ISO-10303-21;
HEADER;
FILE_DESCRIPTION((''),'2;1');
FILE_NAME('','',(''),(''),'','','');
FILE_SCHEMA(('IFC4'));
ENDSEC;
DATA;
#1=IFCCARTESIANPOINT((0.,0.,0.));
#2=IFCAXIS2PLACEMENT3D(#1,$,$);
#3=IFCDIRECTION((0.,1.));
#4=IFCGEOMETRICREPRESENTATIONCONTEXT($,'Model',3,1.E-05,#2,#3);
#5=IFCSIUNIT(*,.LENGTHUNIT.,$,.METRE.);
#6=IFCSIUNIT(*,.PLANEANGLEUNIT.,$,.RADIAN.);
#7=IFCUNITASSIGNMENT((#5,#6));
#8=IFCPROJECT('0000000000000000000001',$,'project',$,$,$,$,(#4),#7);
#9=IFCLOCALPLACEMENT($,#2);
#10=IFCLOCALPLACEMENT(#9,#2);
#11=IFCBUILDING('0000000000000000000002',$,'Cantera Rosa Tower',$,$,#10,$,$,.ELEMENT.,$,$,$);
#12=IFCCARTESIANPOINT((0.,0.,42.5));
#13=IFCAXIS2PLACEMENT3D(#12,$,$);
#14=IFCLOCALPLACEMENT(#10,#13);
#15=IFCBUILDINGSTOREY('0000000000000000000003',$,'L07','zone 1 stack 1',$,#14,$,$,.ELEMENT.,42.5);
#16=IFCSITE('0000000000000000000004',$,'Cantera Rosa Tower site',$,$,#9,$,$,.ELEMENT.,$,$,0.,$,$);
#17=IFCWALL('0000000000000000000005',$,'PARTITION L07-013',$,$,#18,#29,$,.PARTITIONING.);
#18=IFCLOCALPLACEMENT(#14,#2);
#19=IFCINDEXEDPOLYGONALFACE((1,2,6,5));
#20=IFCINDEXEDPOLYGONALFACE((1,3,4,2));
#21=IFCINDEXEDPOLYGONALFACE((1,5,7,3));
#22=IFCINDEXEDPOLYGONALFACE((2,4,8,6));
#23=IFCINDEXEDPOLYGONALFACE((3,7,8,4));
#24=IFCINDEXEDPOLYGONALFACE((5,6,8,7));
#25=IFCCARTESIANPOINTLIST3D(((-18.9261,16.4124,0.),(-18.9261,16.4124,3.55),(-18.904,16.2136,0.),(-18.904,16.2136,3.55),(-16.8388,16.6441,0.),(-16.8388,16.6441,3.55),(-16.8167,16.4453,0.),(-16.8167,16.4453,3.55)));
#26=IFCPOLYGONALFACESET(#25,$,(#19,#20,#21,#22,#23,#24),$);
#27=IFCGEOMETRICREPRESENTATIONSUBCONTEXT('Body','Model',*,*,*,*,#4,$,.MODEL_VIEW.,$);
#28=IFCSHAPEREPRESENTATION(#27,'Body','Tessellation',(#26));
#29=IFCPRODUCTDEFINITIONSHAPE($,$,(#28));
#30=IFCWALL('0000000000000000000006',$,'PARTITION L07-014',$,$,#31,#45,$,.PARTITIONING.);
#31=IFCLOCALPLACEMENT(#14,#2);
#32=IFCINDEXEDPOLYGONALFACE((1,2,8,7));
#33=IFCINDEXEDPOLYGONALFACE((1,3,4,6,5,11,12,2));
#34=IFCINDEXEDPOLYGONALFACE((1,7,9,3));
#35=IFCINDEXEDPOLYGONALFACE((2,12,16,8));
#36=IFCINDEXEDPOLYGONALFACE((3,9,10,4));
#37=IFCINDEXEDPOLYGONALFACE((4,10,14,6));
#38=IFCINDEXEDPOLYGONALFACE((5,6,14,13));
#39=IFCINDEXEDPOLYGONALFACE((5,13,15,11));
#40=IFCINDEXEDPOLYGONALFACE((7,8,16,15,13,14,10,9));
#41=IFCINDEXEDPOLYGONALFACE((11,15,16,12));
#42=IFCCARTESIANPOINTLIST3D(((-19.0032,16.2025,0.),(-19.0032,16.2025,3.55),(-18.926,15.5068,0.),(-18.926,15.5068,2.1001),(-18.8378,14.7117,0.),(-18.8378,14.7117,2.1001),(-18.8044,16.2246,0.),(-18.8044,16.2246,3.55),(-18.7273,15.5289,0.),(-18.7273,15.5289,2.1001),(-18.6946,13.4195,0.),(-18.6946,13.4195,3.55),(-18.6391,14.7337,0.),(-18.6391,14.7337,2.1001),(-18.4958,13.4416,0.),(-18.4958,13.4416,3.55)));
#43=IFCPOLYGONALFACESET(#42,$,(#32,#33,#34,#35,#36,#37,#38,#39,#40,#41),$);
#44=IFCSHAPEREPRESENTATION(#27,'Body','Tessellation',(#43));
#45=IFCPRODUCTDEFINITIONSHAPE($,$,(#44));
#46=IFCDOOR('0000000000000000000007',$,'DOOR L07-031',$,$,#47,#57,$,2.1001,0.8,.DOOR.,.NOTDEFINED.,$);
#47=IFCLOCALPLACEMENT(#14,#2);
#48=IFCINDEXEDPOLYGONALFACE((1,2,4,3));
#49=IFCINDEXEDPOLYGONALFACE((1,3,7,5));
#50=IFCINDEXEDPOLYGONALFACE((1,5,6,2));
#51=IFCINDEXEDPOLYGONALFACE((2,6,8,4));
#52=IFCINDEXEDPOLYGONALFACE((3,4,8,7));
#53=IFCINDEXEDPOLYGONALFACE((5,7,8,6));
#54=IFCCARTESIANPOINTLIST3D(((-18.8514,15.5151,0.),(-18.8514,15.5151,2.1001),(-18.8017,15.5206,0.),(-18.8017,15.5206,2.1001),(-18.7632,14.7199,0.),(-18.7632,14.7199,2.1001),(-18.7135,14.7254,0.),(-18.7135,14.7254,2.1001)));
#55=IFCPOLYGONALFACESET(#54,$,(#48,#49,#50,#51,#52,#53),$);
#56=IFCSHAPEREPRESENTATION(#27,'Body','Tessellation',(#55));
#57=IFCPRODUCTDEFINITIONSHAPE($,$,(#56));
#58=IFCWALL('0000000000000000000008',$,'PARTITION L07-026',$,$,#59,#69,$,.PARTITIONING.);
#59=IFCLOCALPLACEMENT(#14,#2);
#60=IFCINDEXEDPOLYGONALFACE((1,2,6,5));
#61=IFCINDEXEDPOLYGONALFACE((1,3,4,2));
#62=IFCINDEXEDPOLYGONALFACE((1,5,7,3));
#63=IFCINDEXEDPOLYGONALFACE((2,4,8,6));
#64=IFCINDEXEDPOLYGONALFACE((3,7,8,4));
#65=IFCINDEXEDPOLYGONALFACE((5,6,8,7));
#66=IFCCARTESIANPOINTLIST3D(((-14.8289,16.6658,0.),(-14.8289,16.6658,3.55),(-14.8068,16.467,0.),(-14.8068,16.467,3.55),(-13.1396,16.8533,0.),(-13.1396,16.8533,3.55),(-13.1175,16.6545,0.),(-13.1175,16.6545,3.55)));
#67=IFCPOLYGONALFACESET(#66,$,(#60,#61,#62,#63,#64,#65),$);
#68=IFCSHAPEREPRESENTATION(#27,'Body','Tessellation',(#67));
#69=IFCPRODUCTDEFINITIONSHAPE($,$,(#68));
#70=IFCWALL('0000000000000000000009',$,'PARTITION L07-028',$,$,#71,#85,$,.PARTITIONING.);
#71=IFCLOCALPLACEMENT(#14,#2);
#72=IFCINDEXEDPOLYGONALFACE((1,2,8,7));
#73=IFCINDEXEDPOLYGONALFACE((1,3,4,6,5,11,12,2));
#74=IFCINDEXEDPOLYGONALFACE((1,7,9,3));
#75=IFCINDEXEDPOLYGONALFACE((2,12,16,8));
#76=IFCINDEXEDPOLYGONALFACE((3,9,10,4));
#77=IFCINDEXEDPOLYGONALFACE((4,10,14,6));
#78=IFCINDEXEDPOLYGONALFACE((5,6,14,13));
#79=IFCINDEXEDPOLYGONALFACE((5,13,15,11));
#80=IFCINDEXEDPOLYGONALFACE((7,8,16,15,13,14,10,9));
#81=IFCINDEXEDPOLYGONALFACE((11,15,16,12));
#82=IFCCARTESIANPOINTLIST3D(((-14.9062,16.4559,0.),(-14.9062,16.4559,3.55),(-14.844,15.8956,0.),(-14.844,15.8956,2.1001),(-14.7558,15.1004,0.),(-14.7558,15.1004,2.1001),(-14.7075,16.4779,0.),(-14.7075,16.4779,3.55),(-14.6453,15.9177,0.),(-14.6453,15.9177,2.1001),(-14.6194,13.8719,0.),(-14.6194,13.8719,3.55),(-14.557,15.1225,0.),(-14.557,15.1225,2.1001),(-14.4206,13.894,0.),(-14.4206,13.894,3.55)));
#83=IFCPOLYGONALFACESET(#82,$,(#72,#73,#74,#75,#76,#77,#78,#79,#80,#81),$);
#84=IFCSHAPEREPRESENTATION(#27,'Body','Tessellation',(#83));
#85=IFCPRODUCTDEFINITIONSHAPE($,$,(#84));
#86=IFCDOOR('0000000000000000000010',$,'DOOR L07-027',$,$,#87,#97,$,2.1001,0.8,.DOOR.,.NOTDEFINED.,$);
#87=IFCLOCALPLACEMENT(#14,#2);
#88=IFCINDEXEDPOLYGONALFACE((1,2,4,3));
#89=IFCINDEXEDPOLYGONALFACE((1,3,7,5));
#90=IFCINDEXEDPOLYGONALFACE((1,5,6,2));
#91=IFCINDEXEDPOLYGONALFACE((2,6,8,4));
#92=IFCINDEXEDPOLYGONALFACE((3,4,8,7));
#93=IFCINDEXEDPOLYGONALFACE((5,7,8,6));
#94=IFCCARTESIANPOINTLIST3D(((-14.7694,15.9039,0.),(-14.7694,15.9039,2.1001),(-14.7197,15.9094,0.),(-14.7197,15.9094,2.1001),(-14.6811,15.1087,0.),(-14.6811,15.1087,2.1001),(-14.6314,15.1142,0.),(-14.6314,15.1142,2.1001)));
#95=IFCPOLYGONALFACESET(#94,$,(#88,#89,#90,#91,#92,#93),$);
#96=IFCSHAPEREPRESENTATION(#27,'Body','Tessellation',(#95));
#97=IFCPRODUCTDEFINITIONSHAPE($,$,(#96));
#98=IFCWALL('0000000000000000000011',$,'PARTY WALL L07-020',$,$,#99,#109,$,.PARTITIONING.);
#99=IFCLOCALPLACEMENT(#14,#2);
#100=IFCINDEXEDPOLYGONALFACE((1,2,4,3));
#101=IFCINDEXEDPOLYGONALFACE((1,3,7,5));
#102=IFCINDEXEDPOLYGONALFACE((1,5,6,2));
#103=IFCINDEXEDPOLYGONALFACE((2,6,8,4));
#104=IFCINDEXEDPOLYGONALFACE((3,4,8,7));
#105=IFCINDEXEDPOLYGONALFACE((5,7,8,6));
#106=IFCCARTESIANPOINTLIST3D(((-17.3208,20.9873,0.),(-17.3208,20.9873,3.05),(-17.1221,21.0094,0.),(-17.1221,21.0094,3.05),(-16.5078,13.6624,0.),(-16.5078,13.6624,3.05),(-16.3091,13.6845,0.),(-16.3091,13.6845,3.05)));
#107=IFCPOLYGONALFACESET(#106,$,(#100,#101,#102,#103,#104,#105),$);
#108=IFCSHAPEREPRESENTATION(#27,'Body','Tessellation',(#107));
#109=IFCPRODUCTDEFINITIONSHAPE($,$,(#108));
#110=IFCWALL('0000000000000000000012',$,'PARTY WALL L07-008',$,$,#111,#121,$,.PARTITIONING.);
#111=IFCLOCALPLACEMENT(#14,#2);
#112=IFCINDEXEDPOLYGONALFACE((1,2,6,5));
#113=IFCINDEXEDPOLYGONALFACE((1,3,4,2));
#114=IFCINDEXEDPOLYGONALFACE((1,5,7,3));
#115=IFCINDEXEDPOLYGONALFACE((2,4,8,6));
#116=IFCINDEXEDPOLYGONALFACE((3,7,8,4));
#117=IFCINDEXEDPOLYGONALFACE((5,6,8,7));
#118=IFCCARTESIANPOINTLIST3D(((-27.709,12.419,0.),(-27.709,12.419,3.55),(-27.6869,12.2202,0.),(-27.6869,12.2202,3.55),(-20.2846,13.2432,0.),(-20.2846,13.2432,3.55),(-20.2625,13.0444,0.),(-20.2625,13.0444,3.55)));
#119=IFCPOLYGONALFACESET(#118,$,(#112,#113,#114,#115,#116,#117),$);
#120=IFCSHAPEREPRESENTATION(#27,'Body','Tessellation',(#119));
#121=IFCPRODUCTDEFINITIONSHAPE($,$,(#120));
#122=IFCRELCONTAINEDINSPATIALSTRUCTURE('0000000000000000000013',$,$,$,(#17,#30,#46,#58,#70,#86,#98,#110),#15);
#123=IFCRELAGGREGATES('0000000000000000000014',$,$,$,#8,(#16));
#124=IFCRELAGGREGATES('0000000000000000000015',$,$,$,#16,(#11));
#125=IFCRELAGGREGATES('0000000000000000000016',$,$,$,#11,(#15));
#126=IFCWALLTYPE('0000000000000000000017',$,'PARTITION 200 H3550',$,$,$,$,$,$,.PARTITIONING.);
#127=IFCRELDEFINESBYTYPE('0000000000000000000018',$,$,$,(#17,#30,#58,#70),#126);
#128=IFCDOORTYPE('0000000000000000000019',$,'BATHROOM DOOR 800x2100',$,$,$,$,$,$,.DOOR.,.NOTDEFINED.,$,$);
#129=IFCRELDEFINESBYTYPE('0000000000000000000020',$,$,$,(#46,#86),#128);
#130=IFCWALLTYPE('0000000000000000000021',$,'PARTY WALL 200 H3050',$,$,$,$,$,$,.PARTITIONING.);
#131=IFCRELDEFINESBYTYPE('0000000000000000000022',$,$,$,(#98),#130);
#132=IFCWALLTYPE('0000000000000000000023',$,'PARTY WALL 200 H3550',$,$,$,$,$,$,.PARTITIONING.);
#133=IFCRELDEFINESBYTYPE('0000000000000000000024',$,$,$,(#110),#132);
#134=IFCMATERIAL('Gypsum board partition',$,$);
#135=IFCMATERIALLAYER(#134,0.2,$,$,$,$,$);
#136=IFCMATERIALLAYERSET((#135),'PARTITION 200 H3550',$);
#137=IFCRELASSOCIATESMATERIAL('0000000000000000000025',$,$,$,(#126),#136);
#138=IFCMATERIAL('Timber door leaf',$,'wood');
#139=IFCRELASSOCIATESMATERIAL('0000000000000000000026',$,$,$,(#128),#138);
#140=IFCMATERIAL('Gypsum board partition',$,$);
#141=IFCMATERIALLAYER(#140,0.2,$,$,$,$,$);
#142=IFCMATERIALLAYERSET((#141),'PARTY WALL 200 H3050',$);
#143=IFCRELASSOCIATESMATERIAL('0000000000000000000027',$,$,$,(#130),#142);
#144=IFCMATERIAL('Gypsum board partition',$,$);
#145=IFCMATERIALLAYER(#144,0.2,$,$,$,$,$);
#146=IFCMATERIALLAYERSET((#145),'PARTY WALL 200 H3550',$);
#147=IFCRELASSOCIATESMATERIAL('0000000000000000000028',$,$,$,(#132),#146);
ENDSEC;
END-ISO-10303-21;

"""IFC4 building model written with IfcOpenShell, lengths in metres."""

from ifc_helpers import new_model, si_unit, direction, frame, frame_2d, origin, place, context, subcontext, project, spatial, rectangle, extrude, material, layer, layer_set, type_object, element, fill, save


model = new_model("IFC4")

# Units and contexts
model_context = context("Model", 3, precision=1e-05, world=origin(), true_north=direction((0.0, 1.0)))
body_context = subcontext(model_context, "Body", "Model", "MODEL_VIEW")
ifc_project = project(units=[si_unit("LENGTHUNIT", "METRE"), si_unit("PLANEANGLEUNIT", "RADIAN")], contexts=[model_context])

# Site, building, storey
site_placement = place(None, origin())
site = spatial("IfcSite", under=ifc_project, at=site_placement, Name="Cantera Rosa Tower site", CompositionType="ELEMENT", RefElevation=0.0)
building_placement = place(site_placement, origin())
building = spatial("IfcBuilding", under=site, at=building_placement, Name="Cantera Rosa Tower", CompositionType="ELEMENT")
storey_placement = place(building_placement, frame((0.0, 0.0, 42.5)))
storey = spatial("IfcBuildingStorey", under=building, at=storey_placement, Name="L07", Description="zone 1 stack 1", CompositionType="ELEMENT", Elevation=42.5)

# Wall
ifc_material_1 = material(Name="Gypsum board partition")
ifc_layer_1 = layer(ifc_material_1, 0.2)
ifc_layer_set_1 = layer_set([ifc_layer_1], Name="PARTITION 200 H3550")
wall_type_1 = type_object("IfcWallType", Name="PARTITION 200 H3550", PredefinedType="PARTITIONING", material=ifc_layer_set_1)
wall_1_placement = place(storey_placement, frame((-18.915, 16.313, 0.0), z_axis=(0.0, 0.0, 1.0), x_axis=(0.993895, 0.110329, 0.0)))
element("IfcWall", 1, at=wall_1_placement, inside=storey, type_object=wall_type_1, Name="PARTITION L07-013", PredefinedType="PARTITIONING", context=body_context, shape_type="SweptSolid", body=[
    extrude(rectangle(XDim=2.1001, YDim=0.2, at=frame_2d((1.05, 0.0))), origin(), (0.0, 0.0, 1.0), 3.55),
])

# Wall, opening, door
wall_2_placement = place(storey_placement, frame((-18.5952, 13.4307, 0.0), z_axis=(0.0, 0.0, 1.0), x_axis=(-0.110211, 0.993908, 0.0)))
wall_2 = element("IfcWall", 2, at=wall_2_placement, inside=storey, type_object=wall_type_1, Name="PARTITION L07-014", PredefinedType="PARTITIONING", context=body_context, shape_type="SweptSolid", body=[
    extrude(rectangle(XDim=2.8, YDim=0.2, at=frame_2d((1.3999, 0.0))), origin(), (0.0, 0.0, 1.0), 3.55),
])
opening_1_placement = place(wall_2_placement, frame((1.3, 0.0, 0.0)))
opening_1 = element("IfcOpeningElement", 3, at=opening_1_placement, cuts=wall_2, PredefinedType="OPENING", context=body_context, shape_type="SweptSolid", body=[
    extrude(rectangle(XDim=0.8, YDim=2.1001, at=frame_2d((0.3999, 1.05))), frame((0.0, 0.1099, 0.0), z_axis=(0.0, -1.0, 0.0), x_axis=(1.0, 0.0, 0.0)), (0.0, 0.0, 1.0), 0.22),
])
ifc_material_2 = material(Name="Timber door leaf", Category="wood")
door_type_1 = type_object("IfcDoorType", Name="BATHROOM DOOR 800x2100", OperationType="NOTDEFINED", PredefinedType="DOOR", material=ifc_material_2)
door_1_placement = place(opening_1_placement, origin())
door_1 = element("IfcDoor", 4, at=door_1_placement, inside=storey, type_object=door_type_1, Name="DOOR L07-031", OperationType="NOTDEFINED", OverallHeight=2.1001, OverallWidth=0.8, PredefinedType="DOOR", context=body_context, shape_type="SweptSolid", body=[
    extrude(rectangle(XDim=0.8, YDim=2.1001, at=frame_2d((0.3999, 1.05))), frame((0.0, 0.0249, 0.0), z_axis=(0.0, -1.0, 0.0), x_axis=(1.0, 0.0, 0.0)), (0.0, 0.0, 1.0), 0.05),
])
fill(opening_1, door_1)

# Wall
wall_3_placement = place(storey_placement, frame((-14.8179, 16.5664, 0.0), z_axis=(0.0, 0.0, 1.0), x_axis=(0.993898, 0.110305, 0.0)))
element("IfcWall", 5, at=wall_3_placement, inside=storey, type_object=wall_type_1, Name="PARTITION L07-026", PredefinedType="PARTITIONING", context=body_context, shape_type="SweptSolid", body=[
    extrude(rectangle(XDim=1.6997, YDim=0.2, at=frame_2d((0.8499, 0.0))), origin(), (0.0, 0.0, 1.0), 3.55),
])

# Wall, opening, door
wall_4_placement = place(storey_placement, frame((-14.52, 13.8831, 0.0), z_axis=(0.0, 0.0, 1.0), x_axis=(-0.110339, 0.993894, 0.0)))
wall_4 = element("IfcWall", 6, at=wall_4_placement, inside=storey, type_object=wall_type_1, Name="PARTITION L07-028", PredefinedType="PARTITIONING", context=body_context, shape_type="SweptSolid", body=[
    extrude(rectangle(XDim=2.5999, YDim=0.2, at=frame_2d((1.2998, 0.0))), origin(), (0.0, 0.0, 1.0), 3.55),
])
opening_2_placement = place(wall_4_placement, frame((1.2361, 0.0, 0.0)))
opening_2 = element("IfcOpeningElement", 7, at=opening_2_placement, cuts=wall_4, PredefinedType="OPENING", context=body_context, shape_type="SweptSolid", body=[
    extrude(rectangle(XDim=0.8, YDim=2.1001, at=frame_2d((0.3999, 1.05))), frame((0.0, 0.1099, 0.0), z_axis=(0.0, -1.0, 0.0), x_axis=(1.0, 0.0, 0.0)), (0.0, 0.0, 1.0), 0.22),
])
door_2_placement = place(opening_2_placement, origin())
door_2 = element("IfcDoor", 8, at=door_2_placement, inside=storey, type_object=door_type_1, Name="DOOR L07-027", OperationType="NOTDEFINED", OverallHeight=2.1001, OverallWidth=0.8, PredefinedType="DOOR", context=body_context, shape_type="SweptSolid", body=[
    extrude(rectangle(XDim=0.8, YDim=2.1001, at=frame_2d((0.3999, 1.05))), frame((0.0, 0.0249, 0.0), z_axis=(0.0, -1.0, 0.0), x_axis=(1.0, 0.0, 0.0)), (0.0, 0.0, 1.0), 0.05),
])
fill(opening_2, door_2)

# Walls
ifc_material_3 = material(Name="Gypsum board partition")
ifc_layer_2 = layer(ifc_material_3, 0.2)
ifc_layer_set_2 = layer_set([ifc_layer_2], Name="PARTY WALL 200 H3050")
wall_type_2 = type_object("IfcWallType", Name="PARTY WALL 200 H3050", PredefinedType="PARTITIONING", material=ifc_layer_set_2)
wall_5_placement = place(storey_placement, frame((-16.4084, 13.6733, 0.0), z_axis=(0.0, 0.0, 1.0), x_axis=(-0.110312, 0.993897, 0.0)))
element("IfcWall", 9, at=wall_5_placement, inside=storey, type_object=wall_type_2, Name="PARTY WALL L07-020", PredefinedType="PARTITIONING", context=body_context, shape_type="SweptSolid", body=[
    extrude(rectangle(XDim=7.3699, YDim=0.2, at=frame_2d((3.6851, 0.0))), origin(), (0.0, 0.0, 1.0), 3.05),
])
ifc_material_4 = material(Name="Gypsum board partition")
ifc_layer_3 = layer(ifc_material_4, 0.2)
ifc_layer_set_3 = layer_set([ifc_layer_3], Name="PARTY WALL 200 H3550")
wall_type_3 = type_object("IfcWallType", Name="PARTY WALL 200 H3550", PredefinedType="PARTITIONING", material=ifc_layer_set_3)
wall_6_placement = place(storey_placement, frame((-20.2737, 13.1438, 0.0), z_axis=(0.0, 0.0, 1.0), x_axis=(-0.993894, -0.110338, 0.0)))
element("IfcWall", 10, at=wall_6_placement, inside=storey, type_object=wall_type_3, Name="PARTY WALL L07-008", PredefinedType="PARTITIONING", context=body_context, shape_type="SweptSolid", body=[
    extrude(rectangle(XDim=7.47, YDim=0.2, at=frame_2d((3.7349, 0.0))), origin(), (0.0, 0.0, 1.0), 3.55),
])

save(model, "model.ifc")
